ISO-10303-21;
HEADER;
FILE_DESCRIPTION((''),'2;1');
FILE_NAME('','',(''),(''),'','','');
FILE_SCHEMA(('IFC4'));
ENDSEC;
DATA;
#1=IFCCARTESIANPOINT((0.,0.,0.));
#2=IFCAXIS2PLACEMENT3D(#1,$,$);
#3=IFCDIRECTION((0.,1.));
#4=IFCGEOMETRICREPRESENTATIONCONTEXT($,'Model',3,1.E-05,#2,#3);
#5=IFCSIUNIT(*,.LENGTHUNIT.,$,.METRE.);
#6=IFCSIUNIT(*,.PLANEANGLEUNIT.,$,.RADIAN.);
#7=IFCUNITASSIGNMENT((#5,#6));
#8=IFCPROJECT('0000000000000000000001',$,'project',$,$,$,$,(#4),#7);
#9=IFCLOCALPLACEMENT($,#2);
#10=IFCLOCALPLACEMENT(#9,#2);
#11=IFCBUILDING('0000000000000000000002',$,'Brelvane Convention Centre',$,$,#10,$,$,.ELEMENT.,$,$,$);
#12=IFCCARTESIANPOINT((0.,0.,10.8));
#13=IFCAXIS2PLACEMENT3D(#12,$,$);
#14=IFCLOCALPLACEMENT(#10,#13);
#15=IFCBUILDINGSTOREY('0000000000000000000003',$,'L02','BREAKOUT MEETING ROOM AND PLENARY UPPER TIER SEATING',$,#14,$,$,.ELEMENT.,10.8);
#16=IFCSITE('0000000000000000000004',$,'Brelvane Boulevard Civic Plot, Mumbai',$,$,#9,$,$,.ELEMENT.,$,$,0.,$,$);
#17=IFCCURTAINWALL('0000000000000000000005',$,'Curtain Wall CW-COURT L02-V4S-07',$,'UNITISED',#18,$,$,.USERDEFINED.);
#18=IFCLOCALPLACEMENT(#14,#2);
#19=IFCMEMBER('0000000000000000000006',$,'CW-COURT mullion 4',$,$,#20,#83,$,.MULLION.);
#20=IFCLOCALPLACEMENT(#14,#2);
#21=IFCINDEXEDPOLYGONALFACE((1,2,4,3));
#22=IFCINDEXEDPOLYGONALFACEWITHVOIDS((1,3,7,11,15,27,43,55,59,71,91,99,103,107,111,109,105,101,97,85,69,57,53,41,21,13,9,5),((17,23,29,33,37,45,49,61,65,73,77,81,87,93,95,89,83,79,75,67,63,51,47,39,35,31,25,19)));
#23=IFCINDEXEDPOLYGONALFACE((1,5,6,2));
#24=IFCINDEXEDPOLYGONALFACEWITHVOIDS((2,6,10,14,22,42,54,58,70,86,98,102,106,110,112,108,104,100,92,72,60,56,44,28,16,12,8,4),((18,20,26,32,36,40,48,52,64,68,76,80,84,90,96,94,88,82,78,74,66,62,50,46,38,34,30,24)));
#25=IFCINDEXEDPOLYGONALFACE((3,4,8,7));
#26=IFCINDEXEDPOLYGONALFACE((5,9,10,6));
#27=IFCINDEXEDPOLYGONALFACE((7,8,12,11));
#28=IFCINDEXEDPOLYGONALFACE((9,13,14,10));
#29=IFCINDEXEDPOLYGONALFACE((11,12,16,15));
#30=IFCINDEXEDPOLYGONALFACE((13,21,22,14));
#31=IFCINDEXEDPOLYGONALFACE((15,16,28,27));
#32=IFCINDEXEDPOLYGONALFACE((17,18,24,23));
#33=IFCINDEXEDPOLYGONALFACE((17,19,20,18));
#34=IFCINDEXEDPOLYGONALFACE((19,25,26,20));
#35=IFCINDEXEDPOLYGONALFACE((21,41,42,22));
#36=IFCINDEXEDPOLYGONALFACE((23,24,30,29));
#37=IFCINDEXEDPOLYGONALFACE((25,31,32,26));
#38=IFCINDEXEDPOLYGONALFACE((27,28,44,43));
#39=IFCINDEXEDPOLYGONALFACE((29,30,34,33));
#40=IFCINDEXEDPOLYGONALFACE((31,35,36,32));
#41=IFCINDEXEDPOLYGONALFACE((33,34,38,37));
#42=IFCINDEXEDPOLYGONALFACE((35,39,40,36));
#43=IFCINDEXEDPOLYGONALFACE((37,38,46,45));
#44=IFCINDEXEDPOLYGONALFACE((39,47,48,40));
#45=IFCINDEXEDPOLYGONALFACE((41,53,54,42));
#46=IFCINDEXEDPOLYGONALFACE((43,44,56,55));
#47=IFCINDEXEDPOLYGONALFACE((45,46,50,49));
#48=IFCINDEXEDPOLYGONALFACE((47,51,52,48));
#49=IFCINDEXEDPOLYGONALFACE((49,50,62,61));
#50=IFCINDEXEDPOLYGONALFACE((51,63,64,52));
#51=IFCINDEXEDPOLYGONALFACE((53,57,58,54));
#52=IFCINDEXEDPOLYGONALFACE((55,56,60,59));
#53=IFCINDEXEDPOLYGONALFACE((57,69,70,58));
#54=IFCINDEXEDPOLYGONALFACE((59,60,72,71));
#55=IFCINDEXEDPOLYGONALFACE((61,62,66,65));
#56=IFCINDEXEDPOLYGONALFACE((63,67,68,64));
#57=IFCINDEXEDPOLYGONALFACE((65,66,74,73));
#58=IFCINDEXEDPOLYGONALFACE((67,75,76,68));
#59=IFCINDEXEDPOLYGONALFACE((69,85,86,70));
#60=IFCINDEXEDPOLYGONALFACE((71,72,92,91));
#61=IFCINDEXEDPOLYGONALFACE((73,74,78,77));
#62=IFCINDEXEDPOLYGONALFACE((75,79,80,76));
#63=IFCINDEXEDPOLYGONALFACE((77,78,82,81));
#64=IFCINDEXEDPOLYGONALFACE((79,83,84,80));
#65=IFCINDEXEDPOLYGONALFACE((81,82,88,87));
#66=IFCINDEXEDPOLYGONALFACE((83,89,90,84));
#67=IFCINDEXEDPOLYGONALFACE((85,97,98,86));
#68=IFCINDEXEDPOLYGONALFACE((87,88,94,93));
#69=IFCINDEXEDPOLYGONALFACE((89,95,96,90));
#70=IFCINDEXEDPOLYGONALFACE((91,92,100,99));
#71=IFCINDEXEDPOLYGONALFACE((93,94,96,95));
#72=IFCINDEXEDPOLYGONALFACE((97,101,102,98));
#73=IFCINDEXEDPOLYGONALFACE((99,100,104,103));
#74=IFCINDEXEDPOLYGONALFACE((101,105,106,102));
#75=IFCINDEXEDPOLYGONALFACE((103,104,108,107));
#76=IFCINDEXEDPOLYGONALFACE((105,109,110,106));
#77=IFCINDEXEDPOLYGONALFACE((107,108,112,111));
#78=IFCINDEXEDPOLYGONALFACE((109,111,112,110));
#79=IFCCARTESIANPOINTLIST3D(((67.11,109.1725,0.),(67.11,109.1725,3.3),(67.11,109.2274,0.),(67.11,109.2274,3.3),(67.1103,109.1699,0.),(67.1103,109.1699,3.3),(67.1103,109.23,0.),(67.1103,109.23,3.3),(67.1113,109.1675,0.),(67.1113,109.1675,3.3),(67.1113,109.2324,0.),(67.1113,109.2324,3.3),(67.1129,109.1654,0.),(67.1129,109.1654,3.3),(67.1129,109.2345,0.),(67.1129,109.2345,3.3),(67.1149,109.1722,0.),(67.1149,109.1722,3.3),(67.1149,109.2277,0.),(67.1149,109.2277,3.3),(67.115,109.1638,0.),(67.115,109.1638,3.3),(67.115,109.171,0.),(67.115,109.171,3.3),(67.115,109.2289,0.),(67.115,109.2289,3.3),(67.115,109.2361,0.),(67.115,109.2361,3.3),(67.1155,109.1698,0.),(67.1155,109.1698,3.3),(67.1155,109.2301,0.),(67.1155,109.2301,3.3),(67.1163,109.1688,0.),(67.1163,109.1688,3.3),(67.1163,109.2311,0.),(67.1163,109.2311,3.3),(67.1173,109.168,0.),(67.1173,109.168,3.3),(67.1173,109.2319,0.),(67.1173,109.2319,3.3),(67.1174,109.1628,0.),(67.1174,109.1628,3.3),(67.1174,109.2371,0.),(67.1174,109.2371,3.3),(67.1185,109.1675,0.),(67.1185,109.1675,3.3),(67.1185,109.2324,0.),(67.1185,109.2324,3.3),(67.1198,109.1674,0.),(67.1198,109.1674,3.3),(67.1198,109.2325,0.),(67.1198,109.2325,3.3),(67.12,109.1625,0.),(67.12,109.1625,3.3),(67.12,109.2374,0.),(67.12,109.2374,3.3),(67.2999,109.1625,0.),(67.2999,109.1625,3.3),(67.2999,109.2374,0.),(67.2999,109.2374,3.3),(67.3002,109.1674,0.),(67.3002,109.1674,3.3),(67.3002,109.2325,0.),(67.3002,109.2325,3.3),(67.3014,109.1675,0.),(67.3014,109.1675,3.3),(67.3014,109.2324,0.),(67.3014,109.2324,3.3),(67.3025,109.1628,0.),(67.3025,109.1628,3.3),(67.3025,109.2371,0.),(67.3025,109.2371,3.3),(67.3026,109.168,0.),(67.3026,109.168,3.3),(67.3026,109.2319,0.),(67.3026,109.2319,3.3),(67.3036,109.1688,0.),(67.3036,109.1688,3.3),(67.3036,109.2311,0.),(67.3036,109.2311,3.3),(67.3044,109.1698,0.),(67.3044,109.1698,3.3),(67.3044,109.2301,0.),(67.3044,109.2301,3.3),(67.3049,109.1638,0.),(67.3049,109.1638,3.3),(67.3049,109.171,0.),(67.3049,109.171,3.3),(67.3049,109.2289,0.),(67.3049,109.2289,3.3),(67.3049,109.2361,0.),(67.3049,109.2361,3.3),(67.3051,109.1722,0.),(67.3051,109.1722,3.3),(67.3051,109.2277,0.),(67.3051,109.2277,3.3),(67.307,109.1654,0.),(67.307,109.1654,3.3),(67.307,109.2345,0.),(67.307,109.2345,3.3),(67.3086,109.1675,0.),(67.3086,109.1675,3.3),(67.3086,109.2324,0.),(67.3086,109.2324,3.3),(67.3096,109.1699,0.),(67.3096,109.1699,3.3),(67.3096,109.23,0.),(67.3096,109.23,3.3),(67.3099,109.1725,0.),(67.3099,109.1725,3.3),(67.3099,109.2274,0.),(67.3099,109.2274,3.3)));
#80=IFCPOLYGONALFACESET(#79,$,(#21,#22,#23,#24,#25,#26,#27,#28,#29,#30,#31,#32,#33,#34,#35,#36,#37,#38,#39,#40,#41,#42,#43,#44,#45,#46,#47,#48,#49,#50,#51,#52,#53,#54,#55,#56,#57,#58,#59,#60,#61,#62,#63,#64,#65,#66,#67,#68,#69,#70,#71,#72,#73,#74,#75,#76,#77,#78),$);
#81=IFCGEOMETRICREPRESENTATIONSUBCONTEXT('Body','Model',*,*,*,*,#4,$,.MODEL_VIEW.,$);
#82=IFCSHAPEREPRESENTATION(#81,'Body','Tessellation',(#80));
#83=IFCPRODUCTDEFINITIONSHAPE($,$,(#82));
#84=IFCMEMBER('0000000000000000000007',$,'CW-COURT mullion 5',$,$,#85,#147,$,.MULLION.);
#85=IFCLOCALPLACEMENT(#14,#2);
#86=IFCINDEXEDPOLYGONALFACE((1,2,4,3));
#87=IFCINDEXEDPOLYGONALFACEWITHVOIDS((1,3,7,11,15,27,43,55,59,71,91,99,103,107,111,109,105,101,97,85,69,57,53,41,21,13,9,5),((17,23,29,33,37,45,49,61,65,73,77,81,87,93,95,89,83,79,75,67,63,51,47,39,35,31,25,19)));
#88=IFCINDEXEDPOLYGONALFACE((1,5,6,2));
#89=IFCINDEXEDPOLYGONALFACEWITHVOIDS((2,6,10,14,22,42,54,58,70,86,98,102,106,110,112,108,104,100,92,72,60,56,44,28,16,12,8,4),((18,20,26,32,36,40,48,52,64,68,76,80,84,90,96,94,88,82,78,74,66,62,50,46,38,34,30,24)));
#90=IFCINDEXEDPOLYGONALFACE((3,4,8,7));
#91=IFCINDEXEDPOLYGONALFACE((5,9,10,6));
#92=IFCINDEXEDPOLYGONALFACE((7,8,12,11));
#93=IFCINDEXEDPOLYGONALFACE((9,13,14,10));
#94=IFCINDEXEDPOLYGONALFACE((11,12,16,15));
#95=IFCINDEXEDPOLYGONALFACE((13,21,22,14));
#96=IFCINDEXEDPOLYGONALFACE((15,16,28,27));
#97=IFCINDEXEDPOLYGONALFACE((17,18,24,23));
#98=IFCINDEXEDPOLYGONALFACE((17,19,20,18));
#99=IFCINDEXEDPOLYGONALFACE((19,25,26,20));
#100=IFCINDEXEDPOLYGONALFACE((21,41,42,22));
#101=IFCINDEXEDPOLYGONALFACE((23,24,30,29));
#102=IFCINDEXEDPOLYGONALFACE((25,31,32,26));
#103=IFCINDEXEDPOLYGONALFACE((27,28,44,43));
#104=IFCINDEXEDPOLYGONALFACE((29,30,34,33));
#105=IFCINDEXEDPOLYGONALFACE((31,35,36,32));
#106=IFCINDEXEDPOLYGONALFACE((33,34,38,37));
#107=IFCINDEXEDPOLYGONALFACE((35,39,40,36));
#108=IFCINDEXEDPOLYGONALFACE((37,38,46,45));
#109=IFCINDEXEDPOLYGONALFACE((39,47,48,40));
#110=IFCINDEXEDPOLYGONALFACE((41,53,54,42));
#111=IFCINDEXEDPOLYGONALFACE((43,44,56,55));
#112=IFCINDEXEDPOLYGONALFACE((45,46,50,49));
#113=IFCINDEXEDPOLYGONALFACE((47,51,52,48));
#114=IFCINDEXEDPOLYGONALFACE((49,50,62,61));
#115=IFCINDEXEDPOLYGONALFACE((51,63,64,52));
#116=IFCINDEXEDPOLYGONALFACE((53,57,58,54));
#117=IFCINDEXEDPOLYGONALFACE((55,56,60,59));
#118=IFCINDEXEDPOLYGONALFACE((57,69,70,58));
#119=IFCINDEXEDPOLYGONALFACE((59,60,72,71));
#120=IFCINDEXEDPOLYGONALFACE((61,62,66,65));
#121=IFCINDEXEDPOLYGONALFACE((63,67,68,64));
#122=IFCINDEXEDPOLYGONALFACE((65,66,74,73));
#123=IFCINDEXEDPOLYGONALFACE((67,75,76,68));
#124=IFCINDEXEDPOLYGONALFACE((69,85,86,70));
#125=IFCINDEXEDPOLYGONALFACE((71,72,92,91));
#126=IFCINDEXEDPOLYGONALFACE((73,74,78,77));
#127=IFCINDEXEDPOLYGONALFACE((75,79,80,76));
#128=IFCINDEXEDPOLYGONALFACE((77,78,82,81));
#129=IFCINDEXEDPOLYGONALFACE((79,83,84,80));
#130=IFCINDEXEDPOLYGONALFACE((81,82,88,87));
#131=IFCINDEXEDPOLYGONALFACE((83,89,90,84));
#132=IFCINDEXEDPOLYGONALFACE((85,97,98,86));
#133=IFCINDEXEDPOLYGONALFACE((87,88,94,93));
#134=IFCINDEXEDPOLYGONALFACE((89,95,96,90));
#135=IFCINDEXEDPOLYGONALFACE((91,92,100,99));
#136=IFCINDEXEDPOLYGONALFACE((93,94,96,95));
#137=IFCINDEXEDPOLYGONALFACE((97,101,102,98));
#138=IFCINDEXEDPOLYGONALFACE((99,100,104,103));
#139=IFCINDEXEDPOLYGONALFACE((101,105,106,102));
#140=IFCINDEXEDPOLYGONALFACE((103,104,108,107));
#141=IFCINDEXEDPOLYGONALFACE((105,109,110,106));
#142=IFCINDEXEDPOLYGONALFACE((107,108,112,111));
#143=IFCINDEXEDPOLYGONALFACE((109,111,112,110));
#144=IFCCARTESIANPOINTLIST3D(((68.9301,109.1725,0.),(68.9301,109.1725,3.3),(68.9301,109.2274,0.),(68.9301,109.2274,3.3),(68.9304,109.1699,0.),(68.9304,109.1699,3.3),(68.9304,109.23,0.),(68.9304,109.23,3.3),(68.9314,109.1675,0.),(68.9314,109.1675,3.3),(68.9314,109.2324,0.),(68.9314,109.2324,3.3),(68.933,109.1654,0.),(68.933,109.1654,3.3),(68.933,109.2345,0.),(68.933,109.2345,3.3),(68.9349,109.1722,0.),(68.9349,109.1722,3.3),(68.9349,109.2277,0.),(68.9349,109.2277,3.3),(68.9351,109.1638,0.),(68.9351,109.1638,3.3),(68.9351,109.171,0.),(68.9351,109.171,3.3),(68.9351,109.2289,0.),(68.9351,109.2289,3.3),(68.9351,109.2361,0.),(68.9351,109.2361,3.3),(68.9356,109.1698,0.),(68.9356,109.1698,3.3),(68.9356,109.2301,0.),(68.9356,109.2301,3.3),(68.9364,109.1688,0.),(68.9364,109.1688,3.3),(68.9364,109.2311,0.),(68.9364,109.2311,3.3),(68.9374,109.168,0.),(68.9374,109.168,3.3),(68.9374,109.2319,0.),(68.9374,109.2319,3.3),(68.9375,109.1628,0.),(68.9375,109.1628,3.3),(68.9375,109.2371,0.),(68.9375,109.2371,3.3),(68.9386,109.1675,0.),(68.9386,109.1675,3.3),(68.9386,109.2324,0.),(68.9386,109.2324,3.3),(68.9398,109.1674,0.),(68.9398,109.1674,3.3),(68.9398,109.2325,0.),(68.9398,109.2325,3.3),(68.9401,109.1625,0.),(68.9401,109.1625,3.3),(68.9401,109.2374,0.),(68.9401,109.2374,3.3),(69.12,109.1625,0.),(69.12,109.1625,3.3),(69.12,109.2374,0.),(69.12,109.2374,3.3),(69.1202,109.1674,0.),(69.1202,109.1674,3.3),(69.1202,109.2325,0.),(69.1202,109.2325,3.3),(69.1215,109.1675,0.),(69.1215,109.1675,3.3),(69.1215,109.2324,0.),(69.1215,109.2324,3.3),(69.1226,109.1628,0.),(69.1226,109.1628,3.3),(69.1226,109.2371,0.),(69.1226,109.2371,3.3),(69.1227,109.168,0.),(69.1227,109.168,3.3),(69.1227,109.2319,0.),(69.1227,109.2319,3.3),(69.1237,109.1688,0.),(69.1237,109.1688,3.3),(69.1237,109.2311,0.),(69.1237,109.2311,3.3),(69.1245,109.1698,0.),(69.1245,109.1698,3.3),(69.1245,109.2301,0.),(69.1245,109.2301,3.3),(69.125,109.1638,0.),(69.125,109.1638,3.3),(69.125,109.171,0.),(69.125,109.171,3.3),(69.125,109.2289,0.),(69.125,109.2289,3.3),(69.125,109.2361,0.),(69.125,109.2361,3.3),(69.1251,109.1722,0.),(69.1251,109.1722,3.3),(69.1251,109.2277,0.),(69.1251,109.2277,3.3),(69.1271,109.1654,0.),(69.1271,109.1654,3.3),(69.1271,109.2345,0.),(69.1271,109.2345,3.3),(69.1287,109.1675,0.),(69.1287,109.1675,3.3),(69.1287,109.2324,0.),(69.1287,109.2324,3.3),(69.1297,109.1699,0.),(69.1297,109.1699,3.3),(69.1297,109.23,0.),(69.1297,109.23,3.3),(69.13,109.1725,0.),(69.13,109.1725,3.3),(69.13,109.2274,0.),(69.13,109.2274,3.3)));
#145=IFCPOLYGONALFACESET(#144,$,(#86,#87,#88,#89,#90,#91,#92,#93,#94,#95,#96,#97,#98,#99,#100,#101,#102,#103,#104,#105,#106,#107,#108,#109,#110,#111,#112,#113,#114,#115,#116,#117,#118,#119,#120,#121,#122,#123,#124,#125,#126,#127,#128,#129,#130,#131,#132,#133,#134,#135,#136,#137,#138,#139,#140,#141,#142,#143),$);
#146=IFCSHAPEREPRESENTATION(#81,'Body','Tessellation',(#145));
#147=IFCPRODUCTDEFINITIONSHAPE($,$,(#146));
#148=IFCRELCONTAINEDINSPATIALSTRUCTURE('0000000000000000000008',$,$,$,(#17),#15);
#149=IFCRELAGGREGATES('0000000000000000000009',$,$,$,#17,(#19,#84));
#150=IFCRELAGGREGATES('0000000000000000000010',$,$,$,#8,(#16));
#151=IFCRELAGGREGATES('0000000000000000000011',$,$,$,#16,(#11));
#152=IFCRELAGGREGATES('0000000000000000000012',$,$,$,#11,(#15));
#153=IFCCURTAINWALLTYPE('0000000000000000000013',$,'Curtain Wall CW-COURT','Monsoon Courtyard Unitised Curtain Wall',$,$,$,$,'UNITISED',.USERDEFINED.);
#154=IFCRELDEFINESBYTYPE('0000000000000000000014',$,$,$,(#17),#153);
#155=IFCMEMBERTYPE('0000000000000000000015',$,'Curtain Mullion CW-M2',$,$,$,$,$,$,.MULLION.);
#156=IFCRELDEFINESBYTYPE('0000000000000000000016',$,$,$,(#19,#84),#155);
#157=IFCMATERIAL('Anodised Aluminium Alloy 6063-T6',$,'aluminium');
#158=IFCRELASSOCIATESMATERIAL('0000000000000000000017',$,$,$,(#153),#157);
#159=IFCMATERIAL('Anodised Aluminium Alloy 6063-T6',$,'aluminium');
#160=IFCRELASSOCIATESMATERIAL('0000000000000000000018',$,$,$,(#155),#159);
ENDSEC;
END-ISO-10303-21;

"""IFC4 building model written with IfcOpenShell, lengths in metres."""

from ifc_helpers import new_model, si_unit, direction, frame, origin, origin_2d, place, context, subcontext, project, spatial, hollow_rectangle, extrude, material, material_profile, profile_set, type_object, element, aggregate, save


model = new_model("IFC4")

# Units and contexts
model_context = context("Model", 3, precision=1e-05, world=origin(), true_north=direction((0.0, 1.0)))
body_context = subcontext(model_context, "Body", "Model", "MODEL_VIEW")
ifc_project = project(units=[si_unit("LENGTHUNIT", "METRE"), si_unit("PLANEANGLEUNIT", "RADIAN")], contexts=[model_context])

# Site, building, storey
site_placement = place(None, origin())
site = spatial("IfcSite", under=ifc_project, at=site_placement, Name="Brelvane Boulevard Civic Plot, Mumbai", CompositionType="ELEMENT", RefElevation=0.0)
building_placement = place(site_placement, origin())
building = spatial("IfcBuilding", under=site, at=building_placement, Name="Brelvane Convention Centre", CompositionType="ELEMENT")
storey_placement = place(building_placement, frame((0.0, 0.0, 10.8)))
storey = spatial("IfcBuildingStorey", under=building, at=storey_placement, Name="L02", Description="BREAKOUT MEETING ROOM AND PLENARY UPPER TIER SEATING", CompositionType="ELEMENT", Elevation=10.8)

# Curtain wall, members
ifc_material_1 = material(Name="Anodised Aluminium Alloy 6063-T6", Category="aluminium")
curtain_wall_type = type_object("IfcCurtainWallType", Name="Curtain Wall CW-COURT", Description="Monsoon Courtyard Unitised Curtain Wall", ElementType="UNITISED", PredefinedType="USERDEFINED", material=ifc_material_1)
curtain_wall_placement = place(storey_placement, origin())
curtain_wall = element("IfcCurtainWall", 1, at=curtain_wall_placement, inside=storey, type_object=curtain_wall_type, Name="Curtain Wall CW-COURT L02-V4S-07", ObjectType="UNITISED", PredefinedType="USERDEFINED")
ifc_material_2 = material(Name="Anodised Aluminium Alloy 6063-T6", Category="aluminium")
ifc_material_profile_1 = material_profile(ifc_material_2, hollow_rectangle(XDim=0.075, YDim=0.2, WallThickness=0.0049, InnerFilletRadius=0.0049, OuterFilletRadius=0.01, at=origin_2d()), Name="ALU-M 200x75x5.0")
ifc_profile_set_1 = profile_set([ifc_material_profile_1], Name="Anodised Aluminium Alloy 6063-T6")
member_type_1 = type_object("IfcMemberType", Name="Curtain Mullion CW-M2", PredefinedType="MULLION", material=ifc_profile_set_1)
member_1_placement = place(storey_placement, frame((67.21, 109.2, 0.0), z_axis=(0.0, 0.0, 1.0), x_axis=(0.0, 1.0, 0.0)))
member_1 = element("IfcMember", 2, at=member_1_placement, type_object=member_type_1, Name="CW-COURT mullion 4", PredefinedType="MULLION", context=body_context, shape_type="SweptSolid", body=[
    extrude(hollow_rectangle(XDim=0.075, YDim=0.2, WallThickness=0.0049, InnerFilletRadius=0.0049, OuterFilletRadius=0.01, at=origin_2d()), origin(), (0.0, 0.0, 1.0), 3.3),
])
member_2_placement = place(storey_placement, frame((69.03, 109.2, 0.0), z_axis=(0.0, 0.0, 1.0), x_axis=(0.0, 1.0, 0.0)))
member_2 = element("IfcMember", 3, at=member_2_placement, type_object=member_type_1, Name="CW-COURT mullion 5", PredefinedType="MULLION", context=body_context, shape_type="SweptSolid", body=[
    extrude(hollow_rectangle(XDim=0.075, YDim=0.2, WallThickness=0.0049, InnerFilletRadius=0.0049, OuterFilletRadius=0.01, at=origin_2d()), origin(), (0.0, 0.0, 1.0), 3.3),
])

aggregate(curtain_wall, [member_1, member_2])

save(model, "model.ifc")
